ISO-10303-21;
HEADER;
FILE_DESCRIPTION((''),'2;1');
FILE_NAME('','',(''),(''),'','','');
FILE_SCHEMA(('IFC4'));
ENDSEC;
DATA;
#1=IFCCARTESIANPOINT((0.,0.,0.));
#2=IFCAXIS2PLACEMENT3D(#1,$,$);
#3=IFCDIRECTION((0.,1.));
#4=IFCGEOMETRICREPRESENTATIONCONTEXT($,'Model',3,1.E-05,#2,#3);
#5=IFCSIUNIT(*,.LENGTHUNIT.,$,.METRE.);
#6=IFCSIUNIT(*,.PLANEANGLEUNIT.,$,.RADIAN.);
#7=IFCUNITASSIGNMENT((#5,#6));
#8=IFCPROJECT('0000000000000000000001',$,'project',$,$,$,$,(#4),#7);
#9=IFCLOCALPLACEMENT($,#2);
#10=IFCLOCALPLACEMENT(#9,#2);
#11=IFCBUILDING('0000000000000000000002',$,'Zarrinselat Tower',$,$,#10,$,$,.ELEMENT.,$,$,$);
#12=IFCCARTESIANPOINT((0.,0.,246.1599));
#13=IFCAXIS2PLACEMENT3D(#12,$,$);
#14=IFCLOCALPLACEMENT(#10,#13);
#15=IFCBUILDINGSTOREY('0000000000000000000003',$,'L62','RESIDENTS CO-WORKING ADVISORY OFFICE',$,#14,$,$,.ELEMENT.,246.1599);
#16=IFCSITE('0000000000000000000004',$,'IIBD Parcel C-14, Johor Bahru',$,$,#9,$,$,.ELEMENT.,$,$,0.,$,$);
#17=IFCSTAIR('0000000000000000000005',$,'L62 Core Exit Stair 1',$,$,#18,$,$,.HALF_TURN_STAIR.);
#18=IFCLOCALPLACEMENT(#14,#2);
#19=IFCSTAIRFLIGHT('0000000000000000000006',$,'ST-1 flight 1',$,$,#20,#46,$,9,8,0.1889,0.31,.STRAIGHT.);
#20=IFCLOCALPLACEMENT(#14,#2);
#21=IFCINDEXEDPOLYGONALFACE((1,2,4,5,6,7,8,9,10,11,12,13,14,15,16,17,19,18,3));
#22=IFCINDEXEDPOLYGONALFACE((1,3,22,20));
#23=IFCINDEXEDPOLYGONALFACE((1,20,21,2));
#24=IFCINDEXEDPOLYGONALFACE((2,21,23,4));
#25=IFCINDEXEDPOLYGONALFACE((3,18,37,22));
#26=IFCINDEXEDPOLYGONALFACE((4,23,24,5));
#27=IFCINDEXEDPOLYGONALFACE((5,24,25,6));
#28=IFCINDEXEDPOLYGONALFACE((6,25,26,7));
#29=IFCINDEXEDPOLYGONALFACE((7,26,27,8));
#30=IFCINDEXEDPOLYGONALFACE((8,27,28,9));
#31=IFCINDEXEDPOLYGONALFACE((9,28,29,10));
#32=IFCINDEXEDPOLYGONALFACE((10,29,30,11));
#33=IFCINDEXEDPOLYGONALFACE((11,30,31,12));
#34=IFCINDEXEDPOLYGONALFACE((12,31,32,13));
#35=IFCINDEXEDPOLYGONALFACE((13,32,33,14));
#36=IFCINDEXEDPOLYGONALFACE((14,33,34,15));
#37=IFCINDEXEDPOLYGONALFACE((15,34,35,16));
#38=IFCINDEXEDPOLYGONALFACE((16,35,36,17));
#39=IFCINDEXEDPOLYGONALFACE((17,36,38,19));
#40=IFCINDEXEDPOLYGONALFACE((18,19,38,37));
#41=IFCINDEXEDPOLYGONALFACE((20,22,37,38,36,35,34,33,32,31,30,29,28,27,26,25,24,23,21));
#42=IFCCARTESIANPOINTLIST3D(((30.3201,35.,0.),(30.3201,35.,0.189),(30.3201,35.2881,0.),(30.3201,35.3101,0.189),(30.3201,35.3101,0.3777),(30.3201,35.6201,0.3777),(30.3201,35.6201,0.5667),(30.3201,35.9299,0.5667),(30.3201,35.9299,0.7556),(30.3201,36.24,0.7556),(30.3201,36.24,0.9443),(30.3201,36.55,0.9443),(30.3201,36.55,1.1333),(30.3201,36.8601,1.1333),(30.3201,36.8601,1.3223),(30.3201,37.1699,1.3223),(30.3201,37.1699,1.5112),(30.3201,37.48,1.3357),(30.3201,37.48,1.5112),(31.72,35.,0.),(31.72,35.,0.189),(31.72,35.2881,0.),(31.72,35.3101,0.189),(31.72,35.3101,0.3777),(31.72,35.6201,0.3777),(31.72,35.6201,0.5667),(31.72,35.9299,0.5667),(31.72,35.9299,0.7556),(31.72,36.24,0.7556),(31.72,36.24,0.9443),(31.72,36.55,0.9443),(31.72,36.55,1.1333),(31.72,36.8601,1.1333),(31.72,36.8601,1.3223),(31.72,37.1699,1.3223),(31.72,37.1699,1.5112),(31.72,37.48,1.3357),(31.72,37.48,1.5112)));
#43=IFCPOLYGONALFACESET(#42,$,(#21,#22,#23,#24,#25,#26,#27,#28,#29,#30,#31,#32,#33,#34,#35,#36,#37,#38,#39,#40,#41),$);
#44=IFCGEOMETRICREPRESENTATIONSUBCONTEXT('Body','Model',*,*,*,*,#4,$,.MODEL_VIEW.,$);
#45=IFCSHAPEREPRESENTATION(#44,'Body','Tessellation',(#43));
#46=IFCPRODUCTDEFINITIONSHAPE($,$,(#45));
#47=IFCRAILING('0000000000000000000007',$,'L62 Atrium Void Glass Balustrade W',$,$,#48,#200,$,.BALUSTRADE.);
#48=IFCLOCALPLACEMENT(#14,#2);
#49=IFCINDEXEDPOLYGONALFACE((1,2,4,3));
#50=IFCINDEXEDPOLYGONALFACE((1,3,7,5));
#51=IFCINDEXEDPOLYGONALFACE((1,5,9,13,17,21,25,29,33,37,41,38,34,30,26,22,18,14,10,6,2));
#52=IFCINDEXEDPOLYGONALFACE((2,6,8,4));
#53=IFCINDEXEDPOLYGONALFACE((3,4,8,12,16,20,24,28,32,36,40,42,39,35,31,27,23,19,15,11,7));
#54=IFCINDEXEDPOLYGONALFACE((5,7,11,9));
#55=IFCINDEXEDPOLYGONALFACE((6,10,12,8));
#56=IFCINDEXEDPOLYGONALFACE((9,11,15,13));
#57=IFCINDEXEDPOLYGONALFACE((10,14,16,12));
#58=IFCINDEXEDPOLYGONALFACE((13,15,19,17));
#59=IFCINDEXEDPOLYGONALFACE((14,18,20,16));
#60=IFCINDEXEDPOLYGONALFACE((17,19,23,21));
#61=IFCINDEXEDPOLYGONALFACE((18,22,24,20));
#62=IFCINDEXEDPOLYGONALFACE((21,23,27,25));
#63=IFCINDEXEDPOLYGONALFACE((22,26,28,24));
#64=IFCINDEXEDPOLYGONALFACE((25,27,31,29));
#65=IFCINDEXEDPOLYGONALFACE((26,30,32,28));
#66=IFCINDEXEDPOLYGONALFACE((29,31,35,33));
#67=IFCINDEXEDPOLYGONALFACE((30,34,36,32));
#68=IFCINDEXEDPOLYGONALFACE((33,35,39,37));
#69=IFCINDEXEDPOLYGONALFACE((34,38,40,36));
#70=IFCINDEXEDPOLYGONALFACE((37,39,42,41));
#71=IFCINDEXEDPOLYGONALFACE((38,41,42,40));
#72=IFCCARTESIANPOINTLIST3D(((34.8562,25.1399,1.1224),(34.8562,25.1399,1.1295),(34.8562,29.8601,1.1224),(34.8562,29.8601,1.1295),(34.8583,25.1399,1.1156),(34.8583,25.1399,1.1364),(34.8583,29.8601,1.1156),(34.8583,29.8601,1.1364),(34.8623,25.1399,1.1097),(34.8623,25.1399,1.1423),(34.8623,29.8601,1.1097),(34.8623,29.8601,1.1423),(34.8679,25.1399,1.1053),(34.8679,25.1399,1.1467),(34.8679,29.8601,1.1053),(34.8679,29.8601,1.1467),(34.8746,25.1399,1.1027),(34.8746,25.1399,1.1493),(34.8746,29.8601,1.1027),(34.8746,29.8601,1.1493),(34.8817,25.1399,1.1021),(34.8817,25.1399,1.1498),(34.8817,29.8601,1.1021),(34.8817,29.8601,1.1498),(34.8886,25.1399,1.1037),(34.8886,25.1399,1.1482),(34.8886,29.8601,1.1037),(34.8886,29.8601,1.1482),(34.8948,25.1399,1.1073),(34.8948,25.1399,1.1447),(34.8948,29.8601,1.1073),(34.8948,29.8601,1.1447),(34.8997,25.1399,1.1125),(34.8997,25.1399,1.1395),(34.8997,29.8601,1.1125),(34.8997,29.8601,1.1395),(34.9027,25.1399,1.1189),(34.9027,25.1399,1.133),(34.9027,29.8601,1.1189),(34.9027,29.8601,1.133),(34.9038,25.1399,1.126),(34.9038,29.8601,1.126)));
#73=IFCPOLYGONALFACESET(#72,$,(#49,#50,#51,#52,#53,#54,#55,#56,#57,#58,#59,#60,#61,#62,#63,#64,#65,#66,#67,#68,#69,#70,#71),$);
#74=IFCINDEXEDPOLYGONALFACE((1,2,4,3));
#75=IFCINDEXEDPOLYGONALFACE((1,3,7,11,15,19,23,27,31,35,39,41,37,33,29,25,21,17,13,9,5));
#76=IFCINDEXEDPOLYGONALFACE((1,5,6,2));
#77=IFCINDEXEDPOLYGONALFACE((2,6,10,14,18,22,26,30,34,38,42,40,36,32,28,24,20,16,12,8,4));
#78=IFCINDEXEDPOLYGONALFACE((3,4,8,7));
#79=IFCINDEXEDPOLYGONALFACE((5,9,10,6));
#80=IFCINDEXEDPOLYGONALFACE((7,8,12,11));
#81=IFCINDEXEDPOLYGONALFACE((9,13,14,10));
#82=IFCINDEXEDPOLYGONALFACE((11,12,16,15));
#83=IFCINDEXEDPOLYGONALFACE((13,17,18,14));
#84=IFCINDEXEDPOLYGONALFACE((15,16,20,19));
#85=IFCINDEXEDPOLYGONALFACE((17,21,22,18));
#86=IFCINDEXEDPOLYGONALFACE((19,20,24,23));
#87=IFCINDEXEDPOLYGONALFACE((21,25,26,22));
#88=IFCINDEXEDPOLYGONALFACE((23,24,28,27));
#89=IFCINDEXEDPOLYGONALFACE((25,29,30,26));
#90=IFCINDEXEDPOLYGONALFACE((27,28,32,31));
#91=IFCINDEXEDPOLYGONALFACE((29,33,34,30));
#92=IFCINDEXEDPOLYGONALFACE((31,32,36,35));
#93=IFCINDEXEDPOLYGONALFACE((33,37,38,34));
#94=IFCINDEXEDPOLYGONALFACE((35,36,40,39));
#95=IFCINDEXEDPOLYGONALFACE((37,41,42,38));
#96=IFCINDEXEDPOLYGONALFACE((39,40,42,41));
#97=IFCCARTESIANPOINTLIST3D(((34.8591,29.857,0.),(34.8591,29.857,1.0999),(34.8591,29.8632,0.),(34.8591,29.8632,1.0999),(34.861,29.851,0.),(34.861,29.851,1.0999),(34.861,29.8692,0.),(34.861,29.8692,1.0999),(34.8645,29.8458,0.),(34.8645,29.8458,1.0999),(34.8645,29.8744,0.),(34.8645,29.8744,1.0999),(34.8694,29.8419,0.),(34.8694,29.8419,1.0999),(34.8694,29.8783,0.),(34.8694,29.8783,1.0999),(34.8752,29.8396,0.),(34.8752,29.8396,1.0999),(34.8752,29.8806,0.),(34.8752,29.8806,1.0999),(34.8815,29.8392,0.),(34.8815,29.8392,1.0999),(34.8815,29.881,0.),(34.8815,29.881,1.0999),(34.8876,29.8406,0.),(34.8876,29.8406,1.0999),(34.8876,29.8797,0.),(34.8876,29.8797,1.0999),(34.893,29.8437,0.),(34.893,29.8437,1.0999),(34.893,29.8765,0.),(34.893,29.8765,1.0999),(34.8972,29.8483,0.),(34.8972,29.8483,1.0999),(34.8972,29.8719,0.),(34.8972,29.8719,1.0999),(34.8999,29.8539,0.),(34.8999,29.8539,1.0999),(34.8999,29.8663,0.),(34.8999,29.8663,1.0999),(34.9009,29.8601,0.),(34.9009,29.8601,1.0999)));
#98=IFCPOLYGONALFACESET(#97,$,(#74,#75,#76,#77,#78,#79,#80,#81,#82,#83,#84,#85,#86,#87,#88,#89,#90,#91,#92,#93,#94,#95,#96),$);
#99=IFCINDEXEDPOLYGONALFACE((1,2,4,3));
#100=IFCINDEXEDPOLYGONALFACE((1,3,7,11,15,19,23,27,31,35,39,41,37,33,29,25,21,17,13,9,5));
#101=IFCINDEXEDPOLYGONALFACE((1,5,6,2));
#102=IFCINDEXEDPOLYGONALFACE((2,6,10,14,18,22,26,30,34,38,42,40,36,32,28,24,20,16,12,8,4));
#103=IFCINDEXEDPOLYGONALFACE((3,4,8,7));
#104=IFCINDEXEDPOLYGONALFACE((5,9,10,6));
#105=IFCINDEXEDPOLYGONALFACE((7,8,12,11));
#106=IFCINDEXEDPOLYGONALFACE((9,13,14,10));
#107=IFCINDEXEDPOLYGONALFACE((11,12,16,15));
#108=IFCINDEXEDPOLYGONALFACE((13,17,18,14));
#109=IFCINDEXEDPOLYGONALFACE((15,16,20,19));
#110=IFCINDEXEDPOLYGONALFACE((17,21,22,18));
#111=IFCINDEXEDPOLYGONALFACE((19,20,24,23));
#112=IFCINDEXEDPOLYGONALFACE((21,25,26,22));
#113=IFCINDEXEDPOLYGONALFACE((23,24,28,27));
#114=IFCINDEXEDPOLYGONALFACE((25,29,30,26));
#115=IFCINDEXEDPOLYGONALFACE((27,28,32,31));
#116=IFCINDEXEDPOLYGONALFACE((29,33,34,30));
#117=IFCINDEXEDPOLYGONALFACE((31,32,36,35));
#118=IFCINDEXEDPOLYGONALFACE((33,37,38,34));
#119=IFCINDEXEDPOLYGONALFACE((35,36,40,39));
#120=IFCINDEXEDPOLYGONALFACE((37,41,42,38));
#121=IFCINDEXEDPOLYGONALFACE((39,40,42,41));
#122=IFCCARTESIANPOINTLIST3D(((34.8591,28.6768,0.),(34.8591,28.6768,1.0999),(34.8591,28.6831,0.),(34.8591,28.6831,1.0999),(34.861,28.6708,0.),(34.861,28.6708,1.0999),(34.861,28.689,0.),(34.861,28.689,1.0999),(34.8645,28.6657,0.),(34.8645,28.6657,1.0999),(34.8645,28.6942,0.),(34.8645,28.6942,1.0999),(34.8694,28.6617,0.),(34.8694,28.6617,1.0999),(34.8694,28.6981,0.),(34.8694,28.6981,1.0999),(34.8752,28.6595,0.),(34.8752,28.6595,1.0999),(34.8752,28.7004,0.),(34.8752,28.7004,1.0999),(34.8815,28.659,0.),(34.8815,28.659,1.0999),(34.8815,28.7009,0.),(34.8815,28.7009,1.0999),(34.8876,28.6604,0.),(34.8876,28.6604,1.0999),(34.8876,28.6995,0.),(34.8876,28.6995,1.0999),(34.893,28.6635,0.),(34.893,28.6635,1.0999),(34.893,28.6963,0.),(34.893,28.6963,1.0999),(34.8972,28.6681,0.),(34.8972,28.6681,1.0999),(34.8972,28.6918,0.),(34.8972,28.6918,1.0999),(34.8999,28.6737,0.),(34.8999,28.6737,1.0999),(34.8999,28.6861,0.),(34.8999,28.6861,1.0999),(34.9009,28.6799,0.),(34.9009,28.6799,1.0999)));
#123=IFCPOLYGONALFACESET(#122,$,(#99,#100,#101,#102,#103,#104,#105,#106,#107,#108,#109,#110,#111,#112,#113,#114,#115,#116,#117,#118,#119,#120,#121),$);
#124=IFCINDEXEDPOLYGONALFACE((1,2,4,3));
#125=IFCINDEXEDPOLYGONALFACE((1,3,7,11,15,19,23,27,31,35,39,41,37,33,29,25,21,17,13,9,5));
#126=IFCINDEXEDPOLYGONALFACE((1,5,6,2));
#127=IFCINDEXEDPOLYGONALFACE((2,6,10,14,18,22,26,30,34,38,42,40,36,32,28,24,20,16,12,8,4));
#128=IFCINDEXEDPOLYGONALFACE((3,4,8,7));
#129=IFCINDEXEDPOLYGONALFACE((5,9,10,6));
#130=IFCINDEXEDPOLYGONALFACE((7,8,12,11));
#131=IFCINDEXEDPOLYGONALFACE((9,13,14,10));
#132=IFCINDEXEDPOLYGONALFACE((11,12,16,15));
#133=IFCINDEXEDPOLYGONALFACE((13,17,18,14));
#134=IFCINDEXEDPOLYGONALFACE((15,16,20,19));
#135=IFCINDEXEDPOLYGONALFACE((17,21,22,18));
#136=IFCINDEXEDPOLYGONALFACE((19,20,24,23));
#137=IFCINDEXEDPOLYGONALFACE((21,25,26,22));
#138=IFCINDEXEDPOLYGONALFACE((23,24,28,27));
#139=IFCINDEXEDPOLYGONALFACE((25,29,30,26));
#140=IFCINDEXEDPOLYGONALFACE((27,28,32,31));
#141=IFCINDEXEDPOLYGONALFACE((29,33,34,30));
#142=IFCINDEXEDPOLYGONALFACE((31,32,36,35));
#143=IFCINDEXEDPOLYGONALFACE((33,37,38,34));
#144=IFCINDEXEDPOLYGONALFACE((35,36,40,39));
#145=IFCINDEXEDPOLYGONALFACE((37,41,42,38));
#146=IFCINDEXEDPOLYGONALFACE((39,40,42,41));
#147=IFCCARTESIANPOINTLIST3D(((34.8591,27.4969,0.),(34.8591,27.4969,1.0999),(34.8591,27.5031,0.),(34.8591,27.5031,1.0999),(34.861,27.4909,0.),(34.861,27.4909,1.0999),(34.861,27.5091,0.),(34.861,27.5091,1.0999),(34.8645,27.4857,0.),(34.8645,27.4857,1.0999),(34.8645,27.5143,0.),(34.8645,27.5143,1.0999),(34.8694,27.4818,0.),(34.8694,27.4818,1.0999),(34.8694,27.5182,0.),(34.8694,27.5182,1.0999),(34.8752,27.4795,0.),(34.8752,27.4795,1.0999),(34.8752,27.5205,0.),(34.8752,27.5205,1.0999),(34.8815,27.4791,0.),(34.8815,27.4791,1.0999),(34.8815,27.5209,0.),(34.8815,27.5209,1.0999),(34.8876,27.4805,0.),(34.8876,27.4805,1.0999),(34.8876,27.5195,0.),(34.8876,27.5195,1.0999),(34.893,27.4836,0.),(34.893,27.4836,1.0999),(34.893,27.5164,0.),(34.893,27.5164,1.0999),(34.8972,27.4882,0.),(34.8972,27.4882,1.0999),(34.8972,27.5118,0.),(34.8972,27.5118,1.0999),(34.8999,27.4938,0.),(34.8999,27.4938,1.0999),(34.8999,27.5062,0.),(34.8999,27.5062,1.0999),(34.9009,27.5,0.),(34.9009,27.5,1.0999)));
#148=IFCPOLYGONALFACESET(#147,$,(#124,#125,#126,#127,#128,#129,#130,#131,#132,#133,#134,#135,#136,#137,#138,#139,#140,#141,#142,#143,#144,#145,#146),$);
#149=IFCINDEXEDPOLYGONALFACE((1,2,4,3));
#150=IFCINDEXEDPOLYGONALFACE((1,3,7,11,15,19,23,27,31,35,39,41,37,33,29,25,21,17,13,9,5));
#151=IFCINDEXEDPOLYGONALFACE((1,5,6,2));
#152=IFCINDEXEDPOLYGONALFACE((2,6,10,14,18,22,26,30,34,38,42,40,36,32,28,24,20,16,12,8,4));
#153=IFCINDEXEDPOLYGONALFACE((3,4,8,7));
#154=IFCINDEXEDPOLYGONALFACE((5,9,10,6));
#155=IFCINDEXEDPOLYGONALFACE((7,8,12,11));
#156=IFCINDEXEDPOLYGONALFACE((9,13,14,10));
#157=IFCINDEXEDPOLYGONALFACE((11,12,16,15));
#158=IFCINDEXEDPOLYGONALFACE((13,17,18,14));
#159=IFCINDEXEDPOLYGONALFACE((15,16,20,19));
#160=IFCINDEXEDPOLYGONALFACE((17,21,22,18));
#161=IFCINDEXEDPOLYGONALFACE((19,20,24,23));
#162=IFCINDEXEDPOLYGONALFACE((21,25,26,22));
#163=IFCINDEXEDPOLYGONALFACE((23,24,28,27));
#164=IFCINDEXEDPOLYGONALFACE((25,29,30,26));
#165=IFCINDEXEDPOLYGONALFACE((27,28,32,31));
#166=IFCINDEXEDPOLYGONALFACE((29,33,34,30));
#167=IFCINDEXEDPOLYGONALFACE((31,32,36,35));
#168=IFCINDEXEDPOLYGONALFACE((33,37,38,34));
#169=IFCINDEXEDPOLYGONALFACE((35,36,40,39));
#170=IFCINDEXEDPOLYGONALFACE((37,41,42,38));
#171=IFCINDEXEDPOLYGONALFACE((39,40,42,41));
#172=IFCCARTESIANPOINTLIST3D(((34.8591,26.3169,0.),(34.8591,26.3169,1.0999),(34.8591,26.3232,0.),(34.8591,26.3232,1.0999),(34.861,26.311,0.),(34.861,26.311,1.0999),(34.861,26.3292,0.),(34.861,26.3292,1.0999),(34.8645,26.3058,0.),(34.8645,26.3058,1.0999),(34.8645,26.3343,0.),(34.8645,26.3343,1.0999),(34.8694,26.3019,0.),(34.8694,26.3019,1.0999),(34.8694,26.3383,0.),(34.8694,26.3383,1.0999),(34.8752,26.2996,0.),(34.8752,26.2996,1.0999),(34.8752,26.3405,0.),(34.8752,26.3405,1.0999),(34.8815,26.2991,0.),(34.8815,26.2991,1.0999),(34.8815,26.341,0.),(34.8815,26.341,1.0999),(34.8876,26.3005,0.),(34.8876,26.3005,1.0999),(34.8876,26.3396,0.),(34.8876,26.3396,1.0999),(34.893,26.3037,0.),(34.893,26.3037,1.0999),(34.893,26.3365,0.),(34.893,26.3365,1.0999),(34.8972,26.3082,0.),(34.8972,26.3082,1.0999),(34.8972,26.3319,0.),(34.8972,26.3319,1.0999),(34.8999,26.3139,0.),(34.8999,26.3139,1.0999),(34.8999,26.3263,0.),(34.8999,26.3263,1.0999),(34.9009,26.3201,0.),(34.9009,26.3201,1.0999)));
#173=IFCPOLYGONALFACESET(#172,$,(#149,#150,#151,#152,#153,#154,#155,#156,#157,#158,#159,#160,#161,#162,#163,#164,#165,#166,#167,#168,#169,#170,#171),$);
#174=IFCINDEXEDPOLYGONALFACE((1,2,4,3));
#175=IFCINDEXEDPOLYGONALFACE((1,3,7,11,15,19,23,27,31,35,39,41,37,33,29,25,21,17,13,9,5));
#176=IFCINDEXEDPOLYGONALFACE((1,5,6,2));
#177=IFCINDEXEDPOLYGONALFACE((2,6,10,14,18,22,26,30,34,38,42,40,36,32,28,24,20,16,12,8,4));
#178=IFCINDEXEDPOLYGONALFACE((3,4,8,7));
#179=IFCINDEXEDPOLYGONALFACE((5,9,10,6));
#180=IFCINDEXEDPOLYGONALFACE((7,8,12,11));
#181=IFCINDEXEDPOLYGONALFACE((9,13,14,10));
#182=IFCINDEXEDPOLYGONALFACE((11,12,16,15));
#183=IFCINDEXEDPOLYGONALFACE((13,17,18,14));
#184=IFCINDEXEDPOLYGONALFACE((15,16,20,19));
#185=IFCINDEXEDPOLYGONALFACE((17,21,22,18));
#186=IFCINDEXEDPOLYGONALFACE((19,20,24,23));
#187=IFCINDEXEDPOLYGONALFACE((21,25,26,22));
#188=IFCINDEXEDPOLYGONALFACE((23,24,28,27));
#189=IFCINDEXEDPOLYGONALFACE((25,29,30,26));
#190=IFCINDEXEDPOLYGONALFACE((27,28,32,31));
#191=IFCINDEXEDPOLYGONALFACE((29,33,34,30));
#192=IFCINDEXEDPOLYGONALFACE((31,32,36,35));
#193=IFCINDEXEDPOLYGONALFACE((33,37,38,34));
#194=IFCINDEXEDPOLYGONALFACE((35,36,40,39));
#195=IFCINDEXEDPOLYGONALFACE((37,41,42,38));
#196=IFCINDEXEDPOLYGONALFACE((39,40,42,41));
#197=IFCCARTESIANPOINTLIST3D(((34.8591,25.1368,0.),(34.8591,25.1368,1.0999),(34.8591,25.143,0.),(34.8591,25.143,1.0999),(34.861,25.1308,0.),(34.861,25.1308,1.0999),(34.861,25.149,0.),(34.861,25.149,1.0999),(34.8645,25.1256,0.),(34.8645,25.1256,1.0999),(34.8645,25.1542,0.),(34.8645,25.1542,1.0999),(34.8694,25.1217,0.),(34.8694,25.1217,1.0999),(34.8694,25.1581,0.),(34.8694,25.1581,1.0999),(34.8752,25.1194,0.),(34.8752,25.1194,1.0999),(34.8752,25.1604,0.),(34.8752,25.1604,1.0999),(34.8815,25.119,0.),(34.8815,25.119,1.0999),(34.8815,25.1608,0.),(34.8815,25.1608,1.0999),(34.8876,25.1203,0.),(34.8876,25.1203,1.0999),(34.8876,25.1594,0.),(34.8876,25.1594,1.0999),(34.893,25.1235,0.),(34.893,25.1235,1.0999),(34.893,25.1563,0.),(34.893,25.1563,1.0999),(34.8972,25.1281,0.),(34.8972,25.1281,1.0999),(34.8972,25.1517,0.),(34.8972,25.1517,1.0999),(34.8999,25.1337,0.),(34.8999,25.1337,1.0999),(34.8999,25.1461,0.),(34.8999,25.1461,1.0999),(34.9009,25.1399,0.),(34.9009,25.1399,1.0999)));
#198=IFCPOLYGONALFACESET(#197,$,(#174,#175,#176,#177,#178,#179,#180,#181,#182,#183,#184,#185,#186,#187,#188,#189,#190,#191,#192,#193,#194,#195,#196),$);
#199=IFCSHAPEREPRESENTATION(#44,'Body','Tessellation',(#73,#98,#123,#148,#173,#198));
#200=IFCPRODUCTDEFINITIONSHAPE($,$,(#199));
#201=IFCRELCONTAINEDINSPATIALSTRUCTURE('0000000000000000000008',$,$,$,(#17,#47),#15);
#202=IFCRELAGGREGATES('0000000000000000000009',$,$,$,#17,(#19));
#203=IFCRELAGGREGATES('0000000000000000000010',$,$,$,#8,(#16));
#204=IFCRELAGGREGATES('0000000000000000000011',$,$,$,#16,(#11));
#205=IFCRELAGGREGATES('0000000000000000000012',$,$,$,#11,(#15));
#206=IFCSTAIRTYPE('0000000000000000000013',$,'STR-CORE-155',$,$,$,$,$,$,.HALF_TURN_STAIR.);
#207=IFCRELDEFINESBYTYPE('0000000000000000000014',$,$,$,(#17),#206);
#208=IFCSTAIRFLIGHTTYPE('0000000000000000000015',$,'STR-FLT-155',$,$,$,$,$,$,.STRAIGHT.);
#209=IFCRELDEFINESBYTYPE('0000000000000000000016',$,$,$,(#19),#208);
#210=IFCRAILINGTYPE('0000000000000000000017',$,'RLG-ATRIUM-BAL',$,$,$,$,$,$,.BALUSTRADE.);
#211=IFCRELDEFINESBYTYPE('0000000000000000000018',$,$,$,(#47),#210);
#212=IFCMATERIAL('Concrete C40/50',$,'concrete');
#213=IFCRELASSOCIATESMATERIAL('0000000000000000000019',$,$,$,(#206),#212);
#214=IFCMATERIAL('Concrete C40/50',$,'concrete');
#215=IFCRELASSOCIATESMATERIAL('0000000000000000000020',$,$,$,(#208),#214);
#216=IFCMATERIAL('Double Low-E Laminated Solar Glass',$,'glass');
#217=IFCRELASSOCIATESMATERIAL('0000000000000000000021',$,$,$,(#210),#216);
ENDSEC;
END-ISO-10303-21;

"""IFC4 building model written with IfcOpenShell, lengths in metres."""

from ifc_helpers import new_model, si_unit, direction, frame, origin, origin_2d, place, context, subcontext, project, spatial, polyline, circle, outline, extrude, material, type_object, element, aggregate, save


model = new_model("IFC4")

# Units and contexts
model_context = context("Model", 3, precision=1e-05, world=origin(), true_north=direction((0.0, 1.0)))
body_context = subcontext(model_context, "Body", "Model", "MODEL_VIEW")
ifc_project = project(units=[si_unit("LENGTHUNIT", "METRE"), si_unit("PLANEANGLEUNIT", "RADIAN")], contexts=[model_context])

# Site, building, storey
site_placement = place(None, origin())
site = spatial("IfcSite", under=ifc_project, at=site_placement, Name="IIBD Parcel C-14, Johor Bahru", CompositionType="ELEMENT", RefElevation=0.0)
building_placement = place(site_placement, origin())
building = spatial("IfcBuilding", under=site, at=building_placement, Name="Zarrinselat Tower", CompositionType="ELEMENT")
storey_placement = place(building_placement, frame((0.0, 0.0, 246.1599)))
storey = spatial("IfcBuildingStorey", under=building, at=storey_placement, Name="L62", Description="RESIDENTS CO-WORKING ADVISORY OFFICE", CompositionType="ELEMENT", Elevation=246.1599)

# Stair, stair flight
ifc_material_1 = material(Name="Concrete C40/50", Category="concrete")
stair_type = type_object("IfcStairType", Name="STR-CORE-155", PredefinedType="HALF_TURN_STAIR", material=ifc_material_1)
stair_placement = place(storey_placement, origin())
stair = element("IfcStair", 1, at=stair_placement, inside=storey, type_object=stair_type, Name="L62 Core Exit Stair 1", PredefinedType="HALF_TURN_STAIR")
ifc_material_2 = material(Name="Concrete C40/50", Category="concrete")
stair_flight_type = type_object("IfcStairFlightType", Name="STR-FLT-155", PredefinedType="STRAIGHT", material=ifc_material_2)
stair_flight_placement = place(storey_placement, frame((31.02, 35.0, 0.0), z_axis=(0.0, 0.0, 1.0), x_axis=(0.0, 1.0, 0.0)))
stair_flight = element("IfcStairFlight", 2, at=stair_flight_placement, type_object=stair_flight_type, Name="ST-1 flight 1", NumberOfRisers=9, NumberOfTreads=8, PredefinedType="STRAIGHT", RiserHeight=0.1889, TreadLength=0.31, context=body_context, shape_type="SweptSolid", body=[
    extrude(outline(polyline([(0.0, 0.0), (0.0, 0.189), (0.3101, 0.189), (0.3101, 0.3777), (0.6201, 0.3777), (0.6201, 0.5667), (0.9299, 0.5667), (0.9299, 0.7556), (1.24, 0.7556), (1.24, 0.9443), (1.55, 0.9443), (1.55, 1.1333), (1.8601, 1.1333), (1.8601, 1.3223), (2.1699, 1.3223), (2.1699, 1.5112), (2.48, 1.5112), (2.48, 1.7), (2.48, 1.3357), (0.2881, 0.0), (0.0, 0.0)])), frame((0.0, 0.7, 0.0), z_axis=(0.0, -1.0, 0.0), x_axis=(1.0, 0.0, 0.0)), (0.0, 0.0, 1.0), 1.3999),
])
aggregate(stair, [stair_flight])

# Railing
ifc_material_3 = material(Name="Double Low-E Laminated Solar Glass", Category="glass")
railing_type_1 = type_object("IfcRailingType", Name="RLG-ATRIUM-BAL", PredefinedType="BALUSTRADE", material=ifc_material_3)
railing_1_placement = place(storey_placement, frame((34.8799, 29.8601, 0.0)))
element("IfcRailing", 3, at=railing_1_placement, inside=storey, type_object=railing_type_1, Name="L62 Atrium Void Glass Balustrade W", PredefinedType="BALUSTRADE", context=body_context, shape_type="SweptSolid", body=[
    extrude(circle(Radius=0.0239, at=origin_2d()), frame((0.0, 0.0, 1.126), z_axis=(0.0, -1.0, 0.0), x_axis=(1.0, 0.0, 0.0)), (0.0, 0.0, 1.0), 4.7202),
    extrude(circle(Radius=0.021, at=origin_2d()), origin(), (0.0, 0.0, 1.0), 1.0999),
    extrude(circle(Radius=0.021, at=origin_2d()), frame((0.0, -1.1802, 0.0)), (0.0, 0.0, 1.0), 1.0999),
    extrude(circle(Radius=0.021, at=origin_2d()), frame((0.0, -2.3601, 0.0)), (0.0, 0.0, 1.0), 1.0999),
    extrude(circle(Radius=0.021, at=origin_2d()), frame((0.0, -3.54, 0.0)), (0.0, 0.0, 1.0), 1.0999),
    extrude(circle(Radius=0.021, at=origin_2d()), frame((0.0, -4.7202, 0.0)), (0.0, 0.0, 1.0), 1.0999),
])

save(model, "model.ifc")
